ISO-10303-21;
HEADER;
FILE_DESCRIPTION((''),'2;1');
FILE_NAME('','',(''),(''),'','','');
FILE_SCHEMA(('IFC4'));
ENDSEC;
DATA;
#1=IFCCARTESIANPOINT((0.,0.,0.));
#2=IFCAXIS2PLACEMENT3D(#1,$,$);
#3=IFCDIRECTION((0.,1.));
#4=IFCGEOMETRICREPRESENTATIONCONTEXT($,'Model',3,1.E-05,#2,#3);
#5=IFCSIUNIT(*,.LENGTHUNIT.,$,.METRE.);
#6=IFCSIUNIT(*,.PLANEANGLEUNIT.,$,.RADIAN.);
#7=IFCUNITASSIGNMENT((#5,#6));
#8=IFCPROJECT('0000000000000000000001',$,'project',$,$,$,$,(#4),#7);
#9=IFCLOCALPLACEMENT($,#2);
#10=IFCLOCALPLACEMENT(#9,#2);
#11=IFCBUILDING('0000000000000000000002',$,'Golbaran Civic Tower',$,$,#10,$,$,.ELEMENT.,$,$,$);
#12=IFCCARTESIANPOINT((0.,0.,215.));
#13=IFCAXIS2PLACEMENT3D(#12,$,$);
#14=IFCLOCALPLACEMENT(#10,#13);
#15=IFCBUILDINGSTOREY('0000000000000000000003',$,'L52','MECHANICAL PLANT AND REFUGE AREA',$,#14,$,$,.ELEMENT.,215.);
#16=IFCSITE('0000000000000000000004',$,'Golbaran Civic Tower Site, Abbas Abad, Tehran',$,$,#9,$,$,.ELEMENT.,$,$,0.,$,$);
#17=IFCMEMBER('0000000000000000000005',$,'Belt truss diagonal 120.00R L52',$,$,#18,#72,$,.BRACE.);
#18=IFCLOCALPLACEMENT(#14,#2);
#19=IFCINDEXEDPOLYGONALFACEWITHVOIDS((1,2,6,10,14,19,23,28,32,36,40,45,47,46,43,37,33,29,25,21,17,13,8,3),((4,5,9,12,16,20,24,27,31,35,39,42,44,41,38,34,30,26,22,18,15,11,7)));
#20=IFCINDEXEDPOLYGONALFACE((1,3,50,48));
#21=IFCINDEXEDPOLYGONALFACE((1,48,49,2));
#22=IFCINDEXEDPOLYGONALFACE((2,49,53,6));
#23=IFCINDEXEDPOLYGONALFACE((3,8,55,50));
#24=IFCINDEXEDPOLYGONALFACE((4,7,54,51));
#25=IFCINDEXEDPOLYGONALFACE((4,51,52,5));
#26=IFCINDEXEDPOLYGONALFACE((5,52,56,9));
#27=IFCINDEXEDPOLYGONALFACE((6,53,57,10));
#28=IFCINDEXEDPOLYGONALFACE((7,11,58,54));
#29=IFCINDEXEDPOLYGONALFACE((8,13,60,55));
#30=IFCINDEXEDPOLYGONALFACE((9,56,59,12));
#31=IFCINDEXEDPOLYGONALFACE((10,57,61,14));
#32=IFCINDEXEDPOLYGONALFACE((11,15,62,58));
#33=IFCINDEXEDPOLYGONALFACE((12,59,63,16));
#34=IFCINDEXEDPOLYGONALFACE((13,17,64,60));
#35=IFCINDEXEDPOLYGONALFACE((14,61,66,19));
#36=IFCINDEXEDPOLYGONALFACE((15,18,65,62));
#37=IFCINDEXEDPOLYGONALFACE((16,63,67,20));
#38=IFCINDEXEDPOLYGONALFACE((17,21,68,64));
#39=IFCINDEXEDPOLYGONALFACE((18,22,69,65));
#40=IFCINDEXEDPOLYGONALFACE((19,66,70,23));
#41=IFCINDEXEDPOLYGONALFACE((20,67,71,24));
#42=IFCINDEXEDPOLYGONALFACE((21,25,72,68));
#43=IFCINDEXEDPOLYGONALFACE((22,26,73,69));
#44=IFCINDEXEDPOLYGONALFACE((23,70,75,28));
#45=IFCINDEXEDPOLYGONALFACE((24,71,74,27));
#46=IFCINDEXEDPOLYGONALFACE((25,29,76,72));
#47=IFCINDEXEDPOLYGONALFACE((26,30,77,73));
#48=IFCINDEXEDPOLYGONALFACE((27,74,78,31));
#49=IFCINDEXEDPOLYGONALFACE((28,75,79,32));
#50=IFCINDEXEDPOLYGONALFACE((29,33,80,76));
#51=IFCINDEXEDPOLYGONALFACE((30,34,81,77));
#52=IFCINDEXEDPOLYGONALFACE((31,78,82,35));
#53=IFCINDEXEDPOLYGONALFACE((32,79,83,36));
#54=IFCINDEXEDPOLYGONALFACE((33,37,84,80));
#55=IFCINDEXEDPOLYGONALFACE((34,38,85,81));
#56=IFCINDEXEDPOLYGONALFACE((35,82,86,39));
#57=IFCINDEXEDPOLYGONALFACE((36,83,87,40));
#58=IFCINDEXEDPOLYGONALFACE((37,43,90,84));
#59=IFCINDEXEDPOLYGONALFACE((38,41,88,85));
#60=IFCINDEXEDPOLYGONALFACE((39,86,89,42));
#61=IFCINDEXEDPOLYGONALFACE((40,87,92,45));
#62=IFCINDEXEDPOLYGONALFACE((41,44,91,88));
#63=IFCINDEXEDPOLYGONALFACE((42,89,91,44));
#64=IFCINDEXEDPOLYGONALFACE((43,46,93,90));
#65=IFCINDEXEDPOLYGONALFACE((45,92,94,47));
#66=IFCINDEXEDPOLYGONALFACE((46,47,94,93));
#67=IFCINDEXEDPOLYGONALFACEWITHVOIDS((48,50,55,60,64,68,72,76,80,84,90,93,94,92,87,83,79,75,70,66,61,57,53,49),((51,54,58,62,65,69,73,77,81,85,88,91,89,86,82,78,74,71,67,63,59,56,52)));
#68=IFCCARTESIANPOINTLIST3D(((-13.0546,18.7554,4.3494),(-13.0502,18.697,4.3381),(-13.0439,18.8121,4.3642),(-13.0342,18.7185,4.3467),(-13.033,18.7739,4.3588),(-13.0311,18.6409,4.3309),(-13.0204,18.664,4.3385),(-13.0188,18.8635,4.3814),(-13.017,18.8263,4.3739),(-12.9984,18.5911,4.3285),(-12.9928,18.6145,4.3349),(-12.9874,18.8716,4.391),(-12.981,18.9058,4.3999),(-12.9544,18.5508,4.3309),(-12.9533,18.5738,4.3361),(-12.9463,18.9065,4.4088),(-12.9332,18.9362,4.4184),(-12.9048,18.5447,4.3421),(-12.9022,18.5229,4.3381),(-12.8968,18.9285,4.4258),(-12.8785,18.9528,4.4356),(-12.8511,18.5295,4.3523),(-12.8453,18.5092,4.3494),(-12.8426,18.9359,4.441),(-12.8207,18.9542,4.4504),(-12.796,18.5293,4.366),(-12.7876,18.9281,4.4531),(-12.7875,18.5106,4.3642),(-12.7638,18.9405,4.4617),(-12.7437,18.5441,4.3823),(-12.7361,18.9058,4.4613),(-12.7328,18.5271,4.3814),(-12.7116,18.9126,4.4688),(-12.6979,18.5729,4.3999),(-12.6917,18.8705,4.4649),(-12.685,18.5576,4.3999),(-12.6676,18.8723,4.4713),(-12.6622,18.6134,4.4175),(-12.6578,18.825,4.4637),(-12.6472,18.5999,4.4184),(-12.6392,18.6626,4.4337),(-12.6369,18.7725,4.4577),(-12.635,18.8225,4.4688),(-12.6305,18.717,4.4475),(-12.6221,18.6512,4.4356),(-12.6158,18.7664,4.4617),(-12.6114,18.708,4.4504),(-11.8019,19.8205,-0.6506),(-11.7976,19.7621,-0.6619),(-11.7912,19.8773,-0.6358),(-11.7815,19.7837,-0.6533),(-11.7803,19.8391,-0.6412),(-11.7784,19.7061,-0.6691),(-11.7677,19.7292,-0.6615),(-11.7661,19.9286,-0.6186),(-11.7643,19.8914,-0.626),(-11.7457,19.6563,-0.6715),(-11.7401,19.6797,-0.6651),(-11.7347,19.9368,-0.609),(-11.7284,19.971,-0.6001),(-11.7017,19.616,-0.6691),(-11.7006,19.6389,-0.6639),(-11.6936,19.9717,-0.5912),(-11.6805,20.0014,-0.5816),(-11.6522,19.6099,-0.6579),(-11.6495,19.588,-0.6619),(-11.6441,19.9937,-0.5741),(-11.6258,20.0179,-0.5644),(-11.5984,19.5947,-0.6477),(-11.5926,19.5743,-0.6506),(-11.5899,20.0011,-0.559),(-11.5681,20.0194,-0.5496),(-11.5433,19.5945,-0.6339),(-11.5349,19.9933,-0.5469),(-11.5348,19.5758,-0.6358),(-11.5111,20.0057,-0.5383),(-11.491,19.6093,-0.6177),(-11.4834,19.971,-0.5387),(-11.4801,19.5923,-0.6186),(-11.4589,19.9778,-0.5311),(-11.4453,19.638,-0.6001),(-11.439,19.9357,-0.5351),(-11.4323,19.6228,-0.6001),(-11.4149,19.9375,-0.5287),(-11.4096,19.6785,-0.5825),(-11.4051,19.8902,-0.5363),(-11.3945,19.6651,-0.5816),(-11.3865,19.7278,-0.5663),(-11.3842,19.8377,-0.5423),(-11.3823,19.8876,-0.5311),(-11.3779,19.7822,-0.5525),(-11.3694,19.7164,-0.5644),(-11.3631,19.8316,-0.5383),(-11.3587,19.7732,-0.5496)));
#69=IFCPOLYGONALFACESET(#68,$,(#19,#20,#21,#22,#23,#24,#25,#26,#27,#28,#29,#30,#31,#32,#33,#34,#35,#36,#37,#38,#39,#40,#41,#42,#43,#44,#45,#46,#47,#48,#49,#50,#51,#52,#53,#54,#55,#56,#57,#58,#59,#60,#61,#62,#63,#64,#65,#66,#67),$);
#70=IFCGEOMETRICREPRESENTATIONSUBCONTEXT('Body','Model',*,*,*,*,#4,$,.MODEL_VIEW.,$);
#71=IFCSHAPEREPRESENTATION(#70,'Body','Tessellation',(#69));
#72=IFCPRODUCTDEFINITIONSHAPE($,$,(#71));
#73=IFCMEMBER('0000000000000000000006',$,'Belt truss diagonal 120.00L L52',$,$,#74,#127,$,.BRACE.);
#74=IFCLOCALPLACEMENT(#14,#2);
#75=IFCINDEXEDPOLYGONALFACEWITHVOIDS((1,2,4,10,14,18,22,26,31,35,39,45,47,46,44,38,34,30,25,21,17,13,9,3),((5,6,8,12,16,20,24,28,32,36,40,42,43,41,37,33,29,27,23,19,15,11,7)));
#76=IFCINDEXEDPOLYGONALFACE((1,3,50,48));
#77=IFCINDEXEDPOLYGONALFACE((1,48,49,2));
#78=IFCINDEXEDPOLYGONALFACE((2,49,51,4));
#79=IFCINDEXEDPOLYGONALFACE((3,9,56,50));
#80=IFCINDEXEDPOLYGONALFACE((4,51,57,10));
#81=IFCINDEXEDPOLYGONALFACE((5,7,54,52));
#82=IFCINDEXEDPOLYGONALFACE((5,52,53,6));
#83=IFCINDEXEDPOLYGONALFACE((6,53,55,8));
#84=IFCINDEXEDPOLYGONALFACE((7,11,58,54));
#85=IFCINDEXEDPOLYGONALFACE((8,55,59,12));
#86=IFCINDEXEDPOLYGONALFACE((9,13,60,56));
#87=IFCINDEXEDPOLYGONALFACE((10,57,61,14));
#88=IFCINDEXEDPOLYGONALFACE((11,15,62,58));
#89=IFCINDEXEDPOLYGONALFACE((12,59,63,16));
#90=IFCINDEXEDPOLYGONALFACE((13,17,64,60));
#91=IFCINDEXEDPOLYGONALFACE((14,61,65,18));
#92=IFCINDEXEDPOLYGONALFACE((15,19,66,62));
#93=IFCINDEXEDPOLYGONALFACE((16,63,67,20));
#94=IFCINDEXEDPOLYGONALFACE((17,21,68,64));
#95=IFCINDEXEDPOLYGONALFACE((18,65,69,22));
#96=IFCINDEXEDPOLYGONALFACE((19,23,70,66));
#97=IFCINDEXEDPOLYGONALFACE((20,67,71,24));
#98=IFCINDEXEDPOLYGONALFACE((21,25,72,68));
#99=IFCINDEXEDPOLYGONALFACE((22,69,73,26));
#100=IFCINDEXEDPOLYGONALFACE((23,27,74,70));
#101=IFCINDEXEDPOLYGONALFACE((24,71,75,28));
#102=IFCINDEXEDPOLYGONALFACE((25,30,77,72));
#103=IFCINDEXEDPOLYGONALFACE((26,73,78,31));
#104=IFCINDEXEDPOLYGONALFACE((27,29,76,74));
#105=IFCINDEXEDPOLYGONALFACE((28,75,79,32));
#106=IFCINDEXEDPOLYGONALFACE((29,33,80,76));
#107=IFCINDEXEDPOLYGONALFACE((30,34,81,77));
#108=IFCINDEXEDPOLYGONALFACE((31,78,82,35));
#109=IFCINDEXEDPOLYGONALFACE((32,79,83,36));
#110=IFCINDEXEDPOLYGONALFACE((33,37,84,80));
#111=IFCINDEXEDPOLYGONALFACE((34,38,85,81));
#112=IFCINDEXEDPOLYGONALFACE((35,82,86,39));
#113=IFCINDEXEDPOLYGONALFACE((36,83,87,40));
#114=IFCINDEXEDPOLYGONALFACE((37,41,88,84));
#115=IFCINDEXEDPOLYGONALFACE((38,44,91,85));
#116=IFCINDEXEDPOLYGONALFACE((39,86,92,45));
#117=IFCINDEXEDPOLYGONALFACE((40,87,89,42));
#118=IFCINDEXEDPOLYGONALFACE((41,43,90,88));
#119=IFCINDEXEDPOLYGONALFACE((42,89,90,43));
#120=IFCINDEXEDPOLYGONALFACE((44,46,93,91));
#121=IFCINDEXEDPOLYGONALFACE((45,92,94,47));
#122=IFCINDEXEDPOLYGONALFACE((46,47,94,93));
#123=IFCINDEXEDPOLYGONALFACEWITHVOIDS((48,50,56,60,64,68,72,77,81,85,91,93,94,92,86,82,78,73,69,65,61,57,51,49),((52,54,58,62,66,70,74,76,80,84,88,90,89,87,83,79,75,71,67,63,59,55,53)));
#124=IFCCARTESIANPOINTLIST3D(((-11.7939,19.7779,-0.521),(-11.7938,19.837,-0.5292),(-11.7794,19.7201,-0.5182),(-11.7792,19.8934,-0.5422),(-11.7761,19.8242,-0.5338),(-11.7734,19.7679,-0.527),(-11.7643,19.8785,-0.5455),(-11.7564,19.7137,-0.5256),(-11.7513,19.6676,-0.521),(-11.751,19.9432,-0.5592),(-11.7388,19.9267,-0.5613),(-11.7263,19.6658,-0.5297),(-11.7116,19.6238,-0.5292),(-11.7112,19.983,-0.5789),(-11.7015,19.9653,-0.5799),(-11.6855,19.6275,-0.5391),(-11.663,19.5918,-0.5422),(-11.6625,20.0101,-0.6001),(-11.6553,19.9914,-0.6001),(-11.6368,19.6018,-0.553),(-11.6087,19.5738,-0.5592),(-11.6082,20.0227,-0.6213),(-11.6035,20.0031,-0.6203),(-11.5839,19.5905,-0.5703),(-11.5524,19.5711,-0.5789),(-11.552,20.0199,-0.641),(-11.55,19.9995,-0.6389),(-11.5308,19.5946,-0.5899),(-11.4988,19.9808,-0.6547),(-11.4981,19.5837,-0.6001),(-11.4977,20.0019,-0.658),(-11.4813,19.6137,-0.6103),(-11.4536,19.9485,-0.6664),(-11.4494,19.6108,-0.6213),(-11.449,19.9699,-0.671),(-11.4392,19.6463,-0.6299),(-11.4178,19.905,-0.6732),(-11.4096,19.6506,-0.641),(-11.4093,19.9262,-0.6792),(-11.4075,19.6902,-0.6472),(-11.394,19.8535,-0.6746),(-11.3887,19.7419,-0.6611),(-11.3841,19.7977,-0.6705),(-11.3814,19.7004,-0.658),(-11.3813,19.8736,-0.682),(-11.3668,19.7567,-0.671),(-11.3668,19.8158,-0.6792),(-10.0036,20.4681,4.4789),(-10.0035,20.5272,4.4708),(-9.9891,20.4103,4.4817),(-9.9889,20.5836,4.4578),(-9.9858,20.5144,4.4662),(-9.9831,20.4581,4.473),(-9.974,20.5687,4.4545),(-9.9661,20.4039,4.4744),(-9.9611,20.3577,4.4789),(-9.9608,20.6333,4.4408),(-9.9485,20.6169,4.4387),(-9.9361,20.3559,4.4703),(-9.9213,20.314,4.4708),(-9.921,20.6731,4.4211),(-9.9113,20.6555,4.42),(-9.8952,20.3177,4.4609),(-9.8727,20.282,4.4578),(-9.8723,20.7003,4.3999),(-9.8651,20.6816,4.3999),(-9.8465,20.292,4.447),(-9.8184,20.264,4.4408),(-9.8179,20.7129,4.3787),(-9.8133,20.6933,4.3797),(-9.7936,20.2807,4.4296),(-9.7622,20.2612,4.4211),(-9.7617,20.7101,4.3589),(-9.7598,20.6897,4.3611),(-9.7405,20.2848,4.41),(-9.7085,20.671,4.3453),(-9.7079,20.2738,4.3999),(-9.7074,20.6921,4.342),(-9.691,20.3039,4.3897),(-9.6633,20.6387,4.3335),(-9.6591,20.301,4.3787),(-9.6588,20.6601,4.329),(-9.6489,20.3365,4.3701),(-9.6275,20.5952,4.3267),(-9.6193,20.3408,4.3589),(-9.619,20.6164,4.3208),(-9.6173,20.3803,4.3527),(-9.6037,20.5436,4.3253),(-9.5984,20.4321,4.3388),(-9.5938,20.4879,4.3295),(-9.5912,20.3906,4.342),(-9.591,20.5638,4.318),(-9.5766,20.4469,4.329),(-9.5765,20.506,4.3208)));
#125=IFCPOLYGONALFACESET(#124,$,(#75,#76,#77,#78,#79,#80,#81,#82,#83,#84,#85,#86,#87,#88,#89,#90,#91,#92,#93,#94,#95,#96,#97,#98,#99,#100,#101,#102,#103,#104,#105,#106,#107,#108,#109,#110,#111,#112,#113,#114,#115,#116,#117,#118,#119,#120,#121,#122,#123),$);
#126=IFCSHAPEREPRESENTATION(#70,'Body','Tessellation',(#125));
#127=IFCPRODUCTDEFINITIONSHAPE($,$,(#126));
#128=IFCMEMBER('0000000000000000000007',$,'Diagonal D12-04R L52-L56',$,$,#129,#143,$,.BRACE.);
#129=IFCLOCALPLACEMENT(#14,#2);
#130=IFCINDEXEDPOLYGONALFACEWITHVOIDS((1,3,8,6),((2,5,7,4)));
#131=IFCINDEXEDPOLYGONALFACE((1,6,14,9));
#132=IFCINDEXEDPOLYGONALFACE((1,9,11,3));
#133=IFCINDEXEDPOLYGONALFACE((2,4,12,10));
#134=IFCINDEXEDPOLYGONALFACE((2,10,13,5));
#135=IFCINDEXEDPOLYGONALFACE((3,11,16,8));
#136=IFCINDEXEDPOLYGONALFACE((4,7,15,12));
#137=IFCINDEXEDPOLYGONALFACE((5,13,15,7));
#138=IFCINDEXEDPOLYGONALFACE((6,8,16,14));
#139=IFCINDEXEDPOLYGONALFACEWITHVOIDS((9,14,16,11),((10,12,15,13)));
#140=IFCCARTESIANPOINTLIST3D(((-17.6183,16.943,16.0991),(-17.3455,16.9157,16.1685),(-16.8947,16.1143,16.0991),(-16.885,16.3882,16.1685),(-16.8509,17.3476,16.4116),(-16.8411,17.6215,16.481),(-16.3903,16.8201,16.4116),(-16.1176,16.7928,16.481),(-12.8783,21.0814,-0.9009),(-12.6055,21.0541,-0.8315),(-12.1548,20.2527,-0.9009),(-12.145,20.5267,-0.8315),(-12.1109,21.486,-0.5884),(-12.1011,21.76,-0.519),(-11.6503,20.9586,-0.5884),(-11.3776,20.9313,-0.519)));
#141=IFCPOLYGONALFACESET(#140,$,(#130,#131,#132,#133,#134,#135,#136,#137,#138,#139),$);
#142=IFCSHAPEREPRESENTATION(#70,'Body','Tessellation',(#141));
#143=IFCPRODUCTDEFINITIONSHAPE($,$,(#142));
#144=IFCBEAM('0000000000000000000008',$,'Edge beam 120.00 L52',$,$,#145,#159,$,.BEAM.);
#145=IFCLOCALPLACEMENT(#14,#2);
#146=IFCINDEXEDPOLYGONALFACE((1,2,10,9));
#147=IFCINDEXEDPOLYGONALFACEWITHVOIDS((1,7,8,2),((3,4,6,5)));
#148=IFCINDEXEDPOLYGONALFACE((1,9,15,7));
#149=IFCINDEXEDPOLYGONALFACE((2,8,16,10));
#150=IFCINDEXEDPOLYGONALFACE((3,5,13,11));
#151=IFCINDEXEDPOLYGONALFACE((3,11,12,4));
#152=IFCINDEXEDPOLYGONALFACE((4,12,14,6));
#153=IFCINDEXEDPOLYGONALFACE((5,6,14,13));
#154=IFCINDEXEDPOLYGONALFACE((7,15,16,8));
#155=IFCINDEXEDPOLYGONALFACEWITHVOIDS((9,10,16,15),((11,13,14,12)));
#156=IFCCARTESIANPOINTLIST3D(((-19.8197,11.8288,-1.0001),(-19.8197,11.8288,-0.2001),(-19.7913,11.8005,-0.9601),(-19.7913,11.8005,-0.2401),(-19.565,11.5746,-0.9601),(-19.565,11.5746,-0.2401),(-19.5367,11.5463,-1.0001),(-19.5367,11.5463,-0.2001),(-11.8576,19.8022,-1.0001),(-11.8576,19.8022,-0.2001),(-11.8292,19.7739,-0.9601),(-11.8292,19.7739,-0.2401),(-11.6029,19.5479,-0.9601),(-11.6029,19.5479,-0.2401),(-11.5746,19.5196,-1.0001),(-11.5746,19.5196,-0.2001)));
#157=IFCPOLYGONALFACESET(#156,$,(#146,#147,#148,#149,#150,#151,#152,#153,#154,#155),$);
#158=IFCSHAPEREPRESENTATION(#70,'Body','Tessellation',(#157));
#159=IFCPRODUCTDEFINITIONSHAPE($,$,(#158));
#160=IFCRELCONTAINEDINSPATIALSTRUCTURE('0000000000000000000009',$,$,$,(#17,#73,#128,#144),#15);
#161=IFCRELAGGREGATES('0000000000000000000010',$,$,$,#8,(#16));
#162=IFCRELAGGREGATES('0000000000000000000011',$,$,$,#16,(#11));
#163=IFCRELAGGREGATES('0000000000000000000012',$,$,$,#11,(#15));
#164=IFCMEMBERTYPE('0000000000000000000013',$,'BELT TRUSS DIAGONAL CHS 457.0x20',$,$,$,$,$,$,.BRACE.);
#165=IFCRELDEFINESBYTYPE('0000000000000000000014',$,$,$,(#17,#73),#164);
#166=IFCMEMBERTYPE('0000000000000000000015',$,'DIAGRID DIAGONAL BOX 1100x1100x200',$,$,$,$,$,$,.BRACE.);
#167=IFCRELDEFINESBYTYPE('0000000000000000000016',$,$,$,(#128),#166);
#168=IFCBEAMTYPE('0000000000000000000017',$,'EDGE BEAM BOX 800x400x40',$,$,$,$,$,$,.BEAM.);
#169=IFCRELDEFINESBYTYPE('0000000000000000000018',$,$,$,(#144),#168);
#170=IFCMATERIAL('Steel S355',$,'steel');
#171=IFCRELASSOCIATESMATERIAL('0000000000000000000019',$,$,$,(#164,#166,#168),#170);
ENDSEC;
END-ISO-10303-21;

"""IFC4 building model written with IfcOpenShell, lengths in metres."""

from ifc_helpers import new_model, si_unit, direction, frame, origin, origin_2d, place, context, subcontext, project, spatial, hollow_rectangle, hollow_circle, extrude, material, material_profile, profile_set, type_object, element, save


model = new_model("IFC4")

# Units and contexts
model_context = context("Model", 3, precision=1e-05, world=origin(), true_north=direction((0.0, 1.0)))
body_context = subcontext(model_context, "Body", "Model", "MODEL_VIEW")
ifc_project = project(units=[si_unit("LENGTHUNIT", "METRE"), si_unit("PLANEANGLEUNIT", "RADIAN")], contexts=[model_context])

# Site, building, storey
site_placement = place(None, origin())
site = spatial("IfcSite", under=ifc_project, at=site_placement, Name="Golbaran Civic Tower Site, Abbas Abad, Tehran", CompositionType="ELEMENT", RefElevation=0.0)
building_placement = place(site_placement, origin())
building = spatial("IfcBuilding", under=site, at=building_placement, Name="Golbaran Civic Tower", CompositionType="ELEMENT")
storey_placement = place(building_placement, frame((0.0, 0.0, 215.0)))
storey = spatial("IfcBuildingStorey", under=building, at=storey_placement, Name="L52", Description="MECHANICAL PLANT AND REFUGE AREA", CompositionType="ELEMENT", Elevation=215.0)

# Members
ifc_material_1 = material(Name="Steel S355", Category="steel")
ifc_material_profile_1 = material_profile(ifc_material_1, hollow_circle(Radius=0.2285, WallThickness=0.02, at=origin_2d()), Name="CHS 457.0x20")
ifc_profile_set_1 = profile_set([ifc_material_profile_1], Name="Steel S355")
member_type_1 = type_object("IfcMemberType", Name="BELT TRUSS DIAGONAL CHS 457.0x20", PredefinedType="BRACE", material=ifc_profile_set_1)
member_1_placement = place(storey_placement, frame((-11.5803, 19.7969, -0.6001), z_axis=(-0.237997, -0.202374, 0.949948), x_axis=(0.647791, -0.761818, 0.0)))
element("IfcMember", 1, at=member_1_placement, inside=storey, type_object=member_type_1, Name="Belt truss diagonal 120.00R L52", PredefinedType="BRACE", context=body_context, shape_type="SweptSolid", body=[
    extrude(hollow_circle(Radius=0.2285, WallThickness=0.02, at=origin_2d()), origin(), (0.0, 0.0, 1.0), 5.2634),
])
member_2_placement = place(storey_placement, frame((-11.5803, 19.7969, -0.6001), z_axis=(0.334288, 0.128874, 0.933618), x_axis=(-0.359712, 0.933063, 0.0)))
element("IfcMember", 2, at=member_2_placement, inside=storey, type_object=member_type_1, Name="Belt truss diagonal 120.00L L52", PredefinedType="BRACE", context=body_context, shape_type="SweptSolid", body=[
    extrude(hollow_circle(Radius=0.2285, WallThickness=0.02, at=origin_2d()), origin(), (0.0, 0.0, 1.0), 5.3555),
])
ifc_material_profile_2 = material_profile(ifc_material_1, hollow_rectangle(XDim=1.1001, YDim=1.1001, WallThickness=0.2, at=origin_2d()), Name="BOX 1100x1100x200")
ifc_profile_set_2 = profile_set([ifc_material_profile_2], Name="Steel S355")
member_type_2 = type_object("IfcMemberType", Name="DIAGRID DIAGONAL BOX 1100x1100x200", PredefinedType="BRACE", material=ifc_profile_set_2)
member_3_placement = place(storey_placement, frame((-12.1279, 21.0063, -0.71), z_axis=(-0.261485, -0.2283, 0.937819), x_axis=(0.657688, -0.75329, 0.0)))
element("IfcMember", 3, at=member_3_placement, inside=storey, type_object=member_type_2, Name="Diagonal D12-04R L52-L56", PredefinedType="BRACE", context=body_context, shape_type="SweptSolid", body=[
    extrude(hollow_rectangle(XDim=1.1001, YDim=1.1001, WallThickness=0.2, at=origin_2d()), origin(), (0.0, 0.0, 1.0), 18.1272),
])

# Beam
ifc_material_profile_3 = material_profile(ifc_material_1, hollow_rectangle(XDim=0.3999, YDim=0.8, WallThickness=0.04, at=origin_2d()), Name="BOX 800x400x40")
ifc_profile_set_3 = profile_set([ifc_material_profile_3], Name="Steel S355")
beam_type_1 = type_object("IfcBeamType", Name="EDGE BEAM BOX 800x400x40", PredefinedType="BEAM", material=ifc_profile_set_3)
beam_1_placement = place(storey_placement, frame((-11.7161, 19.6609, -0.6001), z_axis=(-0.706608, -0.707605, 0.0), x_axis=(0.707605, -0.706608, 0.0)))
element("IfcBeam", 4, at=beam_1_placement, inside=storey, type_object=beam_type_1, Name="Edge beam 120.00 L52", PredefinedType="BEAM", context=body_context, shape_type="SweptSolid", body=[
    extrude(hollow_rectangle(XDim=0.3999, YDim=0.8, WallThickness=0.04, at=origin_2d()), origin(), (0.0, 0.0, 1.0), 11.2681),
])

save(model, "model.ifc")
